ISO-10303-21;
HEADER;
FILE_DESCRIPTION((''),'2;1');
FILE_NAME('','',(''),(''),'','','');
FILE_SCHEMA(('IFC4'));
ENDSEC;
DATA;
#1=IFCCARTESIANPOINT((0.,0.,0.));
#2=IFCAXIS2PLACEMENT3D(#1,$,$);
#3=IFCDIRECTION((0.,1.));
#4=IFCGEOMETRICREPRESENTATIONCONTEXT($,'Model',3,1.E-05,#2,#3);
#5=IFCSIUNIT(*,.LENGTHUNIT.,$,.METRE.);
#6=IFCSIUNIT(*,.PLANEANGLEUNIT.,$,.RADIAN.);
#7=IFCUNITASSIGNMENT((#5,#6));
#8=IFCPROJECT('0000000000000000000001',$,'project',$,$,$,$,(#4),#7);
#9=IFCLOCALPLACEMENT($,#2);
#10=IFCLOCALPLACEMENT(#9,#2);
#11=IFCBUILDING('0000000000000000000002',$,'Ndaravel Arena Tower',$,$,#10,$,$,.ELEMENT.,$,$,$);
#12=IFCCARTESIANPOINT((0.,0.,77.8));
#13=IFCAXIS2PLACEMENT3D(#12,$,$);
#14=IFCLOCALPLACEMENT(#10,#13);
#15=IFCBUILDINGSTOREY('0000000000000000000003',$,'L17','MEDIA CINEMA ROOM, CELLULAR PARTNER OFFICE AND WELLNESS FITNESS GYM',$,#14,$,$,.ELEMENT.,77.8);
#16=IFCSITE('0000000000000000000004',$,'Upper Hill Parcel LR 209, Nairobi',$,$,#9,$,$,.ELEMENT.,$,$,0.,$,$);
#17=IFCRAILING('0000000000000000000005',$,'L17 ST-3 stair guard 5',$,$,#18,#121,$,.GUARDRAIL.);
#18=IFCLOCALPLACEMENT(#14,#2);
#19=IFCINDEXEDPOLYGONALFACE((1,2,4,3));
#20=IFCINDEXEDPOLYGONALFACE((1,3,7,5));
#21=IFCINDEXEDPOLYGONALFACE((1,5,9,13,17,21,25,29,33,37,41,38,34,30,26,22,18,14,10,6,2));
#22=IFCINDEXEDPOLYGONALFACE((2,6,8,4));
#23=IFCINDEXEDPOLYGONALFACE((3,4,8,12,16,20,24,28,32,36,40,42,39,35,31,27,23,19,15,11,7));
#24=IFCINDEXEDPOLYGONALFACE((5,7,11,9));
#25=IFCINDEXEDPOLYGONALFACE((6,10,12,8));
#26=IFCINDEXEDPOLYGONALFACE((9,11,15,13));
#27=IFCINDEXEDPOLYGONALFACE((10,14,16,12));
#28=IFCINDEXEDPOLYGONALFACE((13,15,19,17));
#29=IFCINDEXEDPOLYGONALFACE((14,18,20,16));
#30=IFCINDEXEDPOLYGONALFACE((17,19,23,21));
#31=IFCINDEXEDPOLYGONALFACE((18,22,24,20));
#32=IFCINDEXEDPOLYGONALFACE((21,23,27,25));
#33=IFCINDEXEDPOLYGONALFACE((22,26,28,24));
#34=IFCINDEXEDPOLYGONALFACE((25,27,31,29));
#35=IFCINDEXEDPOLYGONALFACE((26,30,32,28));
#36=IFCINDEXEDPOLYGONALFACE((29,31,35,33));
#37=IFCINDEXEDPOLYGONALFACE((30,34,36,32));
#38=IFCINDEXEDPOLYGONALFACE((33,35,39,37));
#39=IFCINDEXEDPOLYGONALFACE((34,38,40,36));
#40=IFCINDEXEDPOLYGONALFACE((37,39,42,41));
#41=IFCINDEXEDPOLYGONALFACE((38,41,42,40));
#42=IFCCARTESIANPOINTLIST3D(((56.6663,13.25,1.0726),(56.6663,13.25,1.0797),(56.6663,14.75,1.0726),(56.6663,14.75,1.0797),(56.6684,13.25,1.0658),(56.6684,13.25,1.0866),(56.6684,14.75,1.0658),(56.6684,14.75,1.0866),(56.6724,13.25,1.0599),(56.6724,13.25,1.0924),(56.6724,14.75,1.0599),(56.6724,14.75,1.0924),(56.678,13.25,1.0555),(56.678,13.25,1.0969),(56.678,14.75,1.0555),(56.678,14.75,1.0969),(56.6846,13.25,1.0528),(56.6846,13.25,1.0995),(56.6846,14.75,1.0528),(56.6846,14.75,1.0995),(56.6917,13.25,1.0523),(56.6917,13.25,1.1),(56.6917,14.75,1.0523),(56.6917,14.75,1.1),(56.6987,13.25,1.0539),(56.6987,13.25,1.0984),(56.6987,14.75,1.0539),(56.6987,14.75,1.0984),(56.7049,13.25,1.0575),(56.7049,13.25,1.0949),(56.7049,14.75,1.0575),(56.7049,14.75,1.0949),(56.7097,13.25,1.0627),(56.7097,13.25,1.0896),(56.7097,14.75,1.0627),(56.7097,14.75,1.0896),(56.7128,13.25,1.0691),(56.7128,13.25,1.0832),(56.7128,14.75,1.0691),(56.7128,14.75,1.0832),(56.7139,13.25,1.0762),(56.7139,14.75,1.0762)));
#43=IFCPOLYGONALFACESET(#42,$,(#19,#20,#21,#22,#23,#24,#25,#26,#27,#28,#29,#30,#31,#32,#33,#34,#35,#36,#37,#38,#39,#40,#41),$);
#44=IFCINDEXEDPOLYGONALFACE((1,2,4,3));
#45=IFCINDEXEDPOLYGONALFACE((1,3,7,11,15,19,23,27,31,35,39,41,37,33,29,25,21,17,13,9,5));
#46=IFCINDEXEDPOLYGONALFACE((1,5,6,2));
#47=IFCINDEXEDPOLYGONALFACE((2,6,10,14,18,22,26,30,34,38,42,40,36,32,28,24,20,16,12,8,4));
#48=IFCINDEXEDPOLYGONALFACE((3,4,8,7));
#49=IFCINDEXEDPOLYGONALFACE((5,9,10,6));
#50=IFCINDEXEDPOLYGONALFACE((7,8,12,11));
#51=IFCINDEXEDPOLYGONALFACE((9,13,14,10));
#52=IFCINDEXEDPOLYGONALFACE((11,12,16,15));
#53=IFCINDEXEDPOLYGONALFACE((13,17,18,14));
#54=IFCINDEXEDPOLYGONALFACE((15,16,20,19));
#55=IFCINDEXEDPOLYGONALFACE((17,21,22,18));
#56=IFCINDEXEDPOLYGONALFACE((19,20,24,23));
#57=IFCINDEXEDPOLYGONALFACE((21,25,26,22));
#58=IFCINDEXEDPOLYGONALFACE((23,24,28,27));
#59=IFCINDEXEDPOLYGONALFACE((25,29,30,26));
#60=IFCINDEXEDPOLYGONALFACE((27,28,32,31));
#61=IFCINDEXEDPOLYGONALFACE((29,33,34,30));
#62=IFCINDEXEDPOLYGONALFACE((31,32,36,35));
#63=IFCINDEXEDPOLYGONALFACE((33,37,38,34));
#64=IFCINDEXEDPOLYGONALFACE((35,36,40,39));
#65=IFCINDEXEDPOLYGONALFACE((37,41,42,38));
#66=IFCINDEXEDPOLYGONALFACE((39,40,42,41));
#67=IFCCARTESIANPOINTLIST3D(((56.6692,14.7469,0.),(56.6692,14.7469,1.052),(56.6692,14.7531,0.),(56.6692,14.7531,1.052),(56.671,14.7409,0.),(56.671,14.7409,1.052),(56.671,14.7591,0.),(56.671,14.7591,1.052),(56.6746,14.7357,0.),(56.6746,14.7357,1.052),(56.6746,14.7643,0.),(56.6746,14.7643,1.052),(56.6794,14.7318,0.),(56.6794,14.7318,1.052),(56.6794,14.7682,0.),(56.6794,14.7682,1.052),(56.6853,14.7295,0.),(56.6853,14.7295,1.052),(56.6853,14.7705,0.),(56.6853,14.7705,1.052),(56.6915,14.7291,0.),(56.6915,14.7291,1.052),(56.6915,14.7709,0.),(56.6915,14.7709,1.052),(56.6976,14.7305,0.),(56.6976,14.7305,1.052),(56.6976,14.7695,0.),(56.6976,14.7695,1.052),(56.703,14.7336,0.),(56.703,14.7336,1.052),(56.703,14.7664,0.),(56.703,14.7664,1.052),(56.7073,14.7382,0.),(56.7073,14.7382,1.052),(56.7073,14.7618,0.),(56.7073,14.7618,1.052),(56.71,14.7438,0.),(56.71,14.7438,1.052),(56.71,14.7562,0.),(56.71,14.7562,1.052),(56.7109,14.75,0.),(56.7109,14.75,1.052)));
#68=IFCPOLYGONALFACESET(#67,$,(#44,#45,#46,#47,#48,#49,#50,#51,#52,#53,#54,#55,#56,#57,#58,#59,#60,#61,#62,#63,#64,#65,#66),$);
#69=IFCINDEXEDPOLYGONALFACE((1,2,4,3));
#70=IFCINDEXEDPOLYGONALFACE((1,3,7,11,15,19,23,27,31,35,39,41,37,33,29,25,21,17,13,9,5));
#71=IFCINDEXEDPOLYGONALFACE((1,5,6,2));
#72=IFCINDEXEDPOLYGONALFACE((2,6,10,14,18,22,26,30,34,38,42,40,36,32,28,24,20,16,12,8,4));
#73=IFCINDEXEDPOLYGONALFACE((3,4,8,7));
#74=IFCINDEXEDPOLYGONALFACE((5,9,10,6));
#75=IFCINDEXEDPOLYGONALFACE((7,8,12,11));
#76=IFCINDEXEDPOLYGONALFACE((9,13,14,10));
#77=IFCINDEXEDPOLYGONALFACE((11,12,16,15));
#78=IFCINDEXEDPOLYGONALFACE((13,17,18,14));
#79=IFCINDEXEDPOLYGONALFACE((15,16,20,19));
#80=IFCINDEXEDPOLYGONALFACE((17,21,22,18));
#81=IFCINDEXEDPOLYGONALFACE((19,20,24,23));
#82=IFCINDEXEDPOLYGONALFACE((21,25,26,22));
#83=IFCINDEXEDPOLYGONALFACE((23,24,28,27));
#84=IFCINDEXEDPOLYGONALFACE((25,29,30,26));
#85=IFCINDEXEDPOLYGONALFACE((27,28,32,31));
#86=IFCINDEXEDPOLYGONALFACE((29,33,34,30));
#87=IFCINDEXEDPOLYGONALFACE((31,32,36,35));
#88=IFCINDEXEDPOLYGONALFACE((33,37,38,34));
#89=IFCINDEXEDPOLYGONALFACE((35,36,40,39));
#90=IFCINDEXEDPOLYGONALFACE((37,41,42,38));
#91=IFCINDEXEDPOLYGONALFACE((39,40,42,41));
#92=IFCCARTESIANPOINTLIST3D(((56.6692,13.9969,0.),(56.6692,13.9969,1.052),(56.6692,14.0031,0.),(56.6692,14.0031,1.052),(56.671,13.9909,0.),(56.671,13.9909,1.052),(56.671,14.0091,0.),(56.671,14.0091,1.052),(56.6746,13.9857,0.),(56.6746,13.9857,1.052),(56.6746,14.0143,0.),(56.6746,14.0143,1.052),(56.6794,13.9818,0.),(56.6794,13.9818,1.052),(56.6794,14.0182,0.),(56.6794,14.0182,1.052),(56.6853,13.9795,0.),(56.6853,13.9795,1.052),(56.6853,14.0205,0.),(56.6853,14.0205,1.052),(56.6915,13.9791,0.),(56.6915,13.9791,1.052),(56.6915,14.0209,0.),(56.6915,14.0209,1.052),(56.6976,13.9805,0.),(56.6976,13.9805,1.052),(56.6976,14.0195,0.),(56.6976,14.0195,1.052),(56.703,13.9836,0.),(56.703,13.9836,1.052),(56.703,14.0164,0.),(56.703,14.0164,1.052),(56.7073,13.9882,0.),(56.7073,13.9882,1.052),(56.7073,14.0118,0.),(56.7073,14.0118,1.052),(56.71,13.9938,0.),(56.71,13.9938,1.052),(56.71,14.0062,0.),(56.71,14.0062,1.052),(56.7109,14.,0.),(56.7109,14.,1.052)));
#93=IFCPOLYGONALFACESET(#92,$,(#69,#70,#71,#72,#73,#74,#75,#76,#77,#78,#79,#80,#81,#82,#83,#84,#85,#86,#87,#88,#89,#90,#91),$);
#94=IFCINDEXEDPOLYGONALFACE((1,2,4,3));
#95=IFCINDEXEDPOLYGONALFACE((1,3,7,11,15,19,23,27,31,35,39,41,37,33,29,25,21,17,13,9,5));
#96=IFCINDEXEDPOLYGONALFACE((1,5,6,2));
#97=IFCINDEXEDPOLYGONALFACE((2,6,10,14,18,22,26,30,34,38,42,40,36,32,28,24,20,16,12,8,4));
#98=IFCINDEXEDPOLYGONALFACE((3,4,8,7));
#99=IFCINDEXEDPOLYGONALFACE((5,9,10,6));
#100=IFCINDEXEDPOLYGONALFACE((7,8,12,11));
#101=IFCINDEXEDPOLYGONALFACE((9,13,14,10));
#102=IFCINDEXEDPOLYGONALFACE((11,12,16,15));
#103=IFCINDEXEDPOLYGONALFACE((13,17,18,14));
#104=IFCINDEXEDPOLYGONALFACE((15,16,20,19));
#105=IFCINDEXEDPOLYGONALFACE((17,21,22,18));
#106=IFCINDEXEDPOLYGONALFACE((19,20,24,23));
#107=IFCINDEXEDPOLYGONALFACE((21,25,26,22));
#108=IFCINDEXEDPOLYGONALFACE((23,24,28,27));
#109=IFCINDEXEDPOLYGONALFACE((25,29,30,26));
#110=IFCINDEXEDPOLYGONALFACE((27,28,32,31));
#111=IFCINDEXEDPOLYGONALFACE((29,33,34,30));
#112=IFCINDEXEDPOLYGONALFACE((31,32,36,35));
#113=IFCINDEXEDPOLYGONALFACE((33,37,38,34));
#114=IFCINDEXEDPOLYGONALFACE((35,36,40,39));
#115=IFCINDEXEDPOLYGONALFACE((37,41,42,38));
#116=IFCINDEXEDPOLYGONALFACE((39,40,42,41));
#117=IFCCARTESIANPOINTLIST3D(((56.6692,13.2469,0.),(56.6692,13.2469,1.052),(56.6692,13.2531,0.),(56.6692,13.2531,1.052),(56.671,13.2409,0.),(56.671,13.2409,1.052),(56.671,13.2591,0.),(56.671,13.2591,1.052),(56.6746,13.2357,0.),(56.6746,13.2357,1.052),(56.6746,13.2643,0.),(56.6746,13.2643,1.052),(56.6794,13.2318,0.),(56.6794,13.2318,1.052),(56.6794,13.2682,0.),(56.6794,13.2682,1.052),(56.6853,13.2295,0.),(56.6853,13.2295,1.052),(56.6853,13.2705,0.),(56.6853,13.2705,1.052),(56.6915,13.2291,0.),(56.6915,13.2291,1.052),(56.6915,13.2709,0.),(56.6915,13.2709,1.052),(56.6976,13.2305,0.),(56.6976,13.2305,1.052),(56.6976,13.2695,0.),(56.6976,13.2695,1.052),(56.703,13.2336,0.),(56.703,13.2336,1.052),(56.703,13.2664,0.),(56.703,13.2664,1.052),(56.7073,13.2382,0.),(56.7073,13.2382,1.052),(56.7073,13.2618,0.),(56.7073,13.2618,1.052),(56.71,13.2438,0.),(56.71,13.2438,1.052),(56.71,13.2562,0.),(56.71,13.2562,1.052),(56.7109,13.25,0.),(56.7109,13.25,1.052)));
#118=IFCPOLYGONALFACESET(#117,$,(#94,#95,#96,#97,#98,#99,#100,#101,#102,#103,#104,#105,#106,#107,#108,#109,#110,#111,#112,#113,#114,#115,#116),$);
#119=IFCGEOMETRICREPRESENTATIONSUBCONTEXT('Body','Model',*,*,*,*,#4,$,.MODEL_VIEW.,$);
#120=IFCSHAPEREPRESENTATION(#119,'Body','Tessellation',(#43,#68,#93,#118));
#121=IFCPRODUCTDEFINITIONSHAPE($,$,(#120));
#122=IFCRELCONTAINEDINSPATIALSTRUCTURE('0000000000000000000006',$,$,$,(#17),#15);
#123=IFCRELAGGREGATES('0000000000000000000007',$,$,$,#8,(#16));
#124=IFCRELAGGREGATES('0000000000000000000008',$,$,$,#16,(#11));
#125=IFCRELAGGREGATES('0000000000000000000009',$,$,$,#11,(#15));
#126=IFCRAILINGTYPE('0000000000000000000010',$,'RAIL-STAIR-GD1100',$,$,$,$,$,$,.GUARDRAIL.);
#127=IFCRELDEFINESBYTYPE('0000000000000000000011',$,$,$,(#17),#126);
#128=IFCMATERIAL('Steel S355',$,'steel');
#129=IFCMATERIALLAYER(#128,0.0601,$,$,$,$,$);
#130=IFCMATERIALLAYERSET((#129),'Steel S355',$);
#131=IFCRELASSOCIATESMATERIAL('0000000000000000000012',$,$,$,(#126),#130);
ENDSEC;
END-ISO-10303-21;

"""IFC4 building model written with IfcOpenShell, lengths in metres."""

from ifc_helpers import new_model, si_unit, direction, frame, origin, origin_2d, place, context, subcontext, project, spatial, circle, extrude, material, layer, layer_set, type_object, element, save


model = new_model("IFC4")

# Units and contexts
model_context = context("Model", 3, precision=1e-05, world=origin(), true_north=direction((0.0, 1.0)))
body_context = subcontext(model_context, "Body", "Model", "MODEL_VIEW")
ifc_project = project(units=[si_unit("LENGTHUNIT", "METRE"), si_unit("PLANEANGLEUNIT", "RADIAN")], contexts=[model_context])

# Site, building, storey
site_placement = place(None, origin())
site = spatial("IfcSite", under=ifc_project, at=site_placement, Name="Upper Hill Parcel LR 209, Nairobi", CompositionType="ELEMENT", RefElevation=0.0)
building_placement = place(site_placement, origin())
building = spatial("IfcBuilding", under=site, at=building_placement, Name="Ndaravel Arena Tower", CompositionType="ELEMENT")
storey_placement = place(building_placement, frame((0.0, 0.0, 77.8)))
storey = spatial("IfcBuildingStorey", under=building, at=storey_placement, Name="L17", Description="MEDIA CINEMA ROOM, CELLULAR PARTNER OFFICE AND WELLNESS FITNESS GYM", CompositionType="ELEMENT", Elevation=77.8)

# Railing
ifc_material_1 = material(Name="Steel S355", Category="steel")
ifc_layer_1 = layer(ifc_material_1, 0.0601)
ifc_layer_set_1 = layer_set([ifc_layer_1], Name="Steel S355")
railing_type = type_object("IfcRailingType", Name="RAIL-STAIR-GD1100", PredefinedType="GUARDRAIL", material=ifc_layer_set_1)
for number, where, name in (
    (1, (56.6899, 14.75, 0.0), "L17 ST-3 stair guard 5"),
):
    element("IfcRailing", number, at=place(storey_placement, frame(where)), inside=storey, type_object=railing_type, Name=name, PredefinedType="GUARDRAIL", context=body_context, shape_type="SweptSolid", body=[
        extrude(circle(Radius=0.0239, at=origin_2d()), frame((0.0, 0.0, 1.0762), z_axis=(0.0, -1.0, 0.0), x_axis=(1.0, 0.0, 0.0)), (0.0, 0.0, 1.0), 1.5),
        extrude(circle(Radius=0.021, at=origin_2d()), origin(), (0.0, 0.0, 1.0), 1.052),
        extrude(circle(Radius=0.021, at=origin_2d()), frame((0.0, -0.75, 0.0)), (0.0, 0.0, 1.0), 1.052),
        extrude(circle(Radius=0.021, at=origin_2d()), frame((0.0, -1.5, 0.0)), (0.0, 0.0, 1.0), 1.052),
    ])

save(model, "model.ifc")
